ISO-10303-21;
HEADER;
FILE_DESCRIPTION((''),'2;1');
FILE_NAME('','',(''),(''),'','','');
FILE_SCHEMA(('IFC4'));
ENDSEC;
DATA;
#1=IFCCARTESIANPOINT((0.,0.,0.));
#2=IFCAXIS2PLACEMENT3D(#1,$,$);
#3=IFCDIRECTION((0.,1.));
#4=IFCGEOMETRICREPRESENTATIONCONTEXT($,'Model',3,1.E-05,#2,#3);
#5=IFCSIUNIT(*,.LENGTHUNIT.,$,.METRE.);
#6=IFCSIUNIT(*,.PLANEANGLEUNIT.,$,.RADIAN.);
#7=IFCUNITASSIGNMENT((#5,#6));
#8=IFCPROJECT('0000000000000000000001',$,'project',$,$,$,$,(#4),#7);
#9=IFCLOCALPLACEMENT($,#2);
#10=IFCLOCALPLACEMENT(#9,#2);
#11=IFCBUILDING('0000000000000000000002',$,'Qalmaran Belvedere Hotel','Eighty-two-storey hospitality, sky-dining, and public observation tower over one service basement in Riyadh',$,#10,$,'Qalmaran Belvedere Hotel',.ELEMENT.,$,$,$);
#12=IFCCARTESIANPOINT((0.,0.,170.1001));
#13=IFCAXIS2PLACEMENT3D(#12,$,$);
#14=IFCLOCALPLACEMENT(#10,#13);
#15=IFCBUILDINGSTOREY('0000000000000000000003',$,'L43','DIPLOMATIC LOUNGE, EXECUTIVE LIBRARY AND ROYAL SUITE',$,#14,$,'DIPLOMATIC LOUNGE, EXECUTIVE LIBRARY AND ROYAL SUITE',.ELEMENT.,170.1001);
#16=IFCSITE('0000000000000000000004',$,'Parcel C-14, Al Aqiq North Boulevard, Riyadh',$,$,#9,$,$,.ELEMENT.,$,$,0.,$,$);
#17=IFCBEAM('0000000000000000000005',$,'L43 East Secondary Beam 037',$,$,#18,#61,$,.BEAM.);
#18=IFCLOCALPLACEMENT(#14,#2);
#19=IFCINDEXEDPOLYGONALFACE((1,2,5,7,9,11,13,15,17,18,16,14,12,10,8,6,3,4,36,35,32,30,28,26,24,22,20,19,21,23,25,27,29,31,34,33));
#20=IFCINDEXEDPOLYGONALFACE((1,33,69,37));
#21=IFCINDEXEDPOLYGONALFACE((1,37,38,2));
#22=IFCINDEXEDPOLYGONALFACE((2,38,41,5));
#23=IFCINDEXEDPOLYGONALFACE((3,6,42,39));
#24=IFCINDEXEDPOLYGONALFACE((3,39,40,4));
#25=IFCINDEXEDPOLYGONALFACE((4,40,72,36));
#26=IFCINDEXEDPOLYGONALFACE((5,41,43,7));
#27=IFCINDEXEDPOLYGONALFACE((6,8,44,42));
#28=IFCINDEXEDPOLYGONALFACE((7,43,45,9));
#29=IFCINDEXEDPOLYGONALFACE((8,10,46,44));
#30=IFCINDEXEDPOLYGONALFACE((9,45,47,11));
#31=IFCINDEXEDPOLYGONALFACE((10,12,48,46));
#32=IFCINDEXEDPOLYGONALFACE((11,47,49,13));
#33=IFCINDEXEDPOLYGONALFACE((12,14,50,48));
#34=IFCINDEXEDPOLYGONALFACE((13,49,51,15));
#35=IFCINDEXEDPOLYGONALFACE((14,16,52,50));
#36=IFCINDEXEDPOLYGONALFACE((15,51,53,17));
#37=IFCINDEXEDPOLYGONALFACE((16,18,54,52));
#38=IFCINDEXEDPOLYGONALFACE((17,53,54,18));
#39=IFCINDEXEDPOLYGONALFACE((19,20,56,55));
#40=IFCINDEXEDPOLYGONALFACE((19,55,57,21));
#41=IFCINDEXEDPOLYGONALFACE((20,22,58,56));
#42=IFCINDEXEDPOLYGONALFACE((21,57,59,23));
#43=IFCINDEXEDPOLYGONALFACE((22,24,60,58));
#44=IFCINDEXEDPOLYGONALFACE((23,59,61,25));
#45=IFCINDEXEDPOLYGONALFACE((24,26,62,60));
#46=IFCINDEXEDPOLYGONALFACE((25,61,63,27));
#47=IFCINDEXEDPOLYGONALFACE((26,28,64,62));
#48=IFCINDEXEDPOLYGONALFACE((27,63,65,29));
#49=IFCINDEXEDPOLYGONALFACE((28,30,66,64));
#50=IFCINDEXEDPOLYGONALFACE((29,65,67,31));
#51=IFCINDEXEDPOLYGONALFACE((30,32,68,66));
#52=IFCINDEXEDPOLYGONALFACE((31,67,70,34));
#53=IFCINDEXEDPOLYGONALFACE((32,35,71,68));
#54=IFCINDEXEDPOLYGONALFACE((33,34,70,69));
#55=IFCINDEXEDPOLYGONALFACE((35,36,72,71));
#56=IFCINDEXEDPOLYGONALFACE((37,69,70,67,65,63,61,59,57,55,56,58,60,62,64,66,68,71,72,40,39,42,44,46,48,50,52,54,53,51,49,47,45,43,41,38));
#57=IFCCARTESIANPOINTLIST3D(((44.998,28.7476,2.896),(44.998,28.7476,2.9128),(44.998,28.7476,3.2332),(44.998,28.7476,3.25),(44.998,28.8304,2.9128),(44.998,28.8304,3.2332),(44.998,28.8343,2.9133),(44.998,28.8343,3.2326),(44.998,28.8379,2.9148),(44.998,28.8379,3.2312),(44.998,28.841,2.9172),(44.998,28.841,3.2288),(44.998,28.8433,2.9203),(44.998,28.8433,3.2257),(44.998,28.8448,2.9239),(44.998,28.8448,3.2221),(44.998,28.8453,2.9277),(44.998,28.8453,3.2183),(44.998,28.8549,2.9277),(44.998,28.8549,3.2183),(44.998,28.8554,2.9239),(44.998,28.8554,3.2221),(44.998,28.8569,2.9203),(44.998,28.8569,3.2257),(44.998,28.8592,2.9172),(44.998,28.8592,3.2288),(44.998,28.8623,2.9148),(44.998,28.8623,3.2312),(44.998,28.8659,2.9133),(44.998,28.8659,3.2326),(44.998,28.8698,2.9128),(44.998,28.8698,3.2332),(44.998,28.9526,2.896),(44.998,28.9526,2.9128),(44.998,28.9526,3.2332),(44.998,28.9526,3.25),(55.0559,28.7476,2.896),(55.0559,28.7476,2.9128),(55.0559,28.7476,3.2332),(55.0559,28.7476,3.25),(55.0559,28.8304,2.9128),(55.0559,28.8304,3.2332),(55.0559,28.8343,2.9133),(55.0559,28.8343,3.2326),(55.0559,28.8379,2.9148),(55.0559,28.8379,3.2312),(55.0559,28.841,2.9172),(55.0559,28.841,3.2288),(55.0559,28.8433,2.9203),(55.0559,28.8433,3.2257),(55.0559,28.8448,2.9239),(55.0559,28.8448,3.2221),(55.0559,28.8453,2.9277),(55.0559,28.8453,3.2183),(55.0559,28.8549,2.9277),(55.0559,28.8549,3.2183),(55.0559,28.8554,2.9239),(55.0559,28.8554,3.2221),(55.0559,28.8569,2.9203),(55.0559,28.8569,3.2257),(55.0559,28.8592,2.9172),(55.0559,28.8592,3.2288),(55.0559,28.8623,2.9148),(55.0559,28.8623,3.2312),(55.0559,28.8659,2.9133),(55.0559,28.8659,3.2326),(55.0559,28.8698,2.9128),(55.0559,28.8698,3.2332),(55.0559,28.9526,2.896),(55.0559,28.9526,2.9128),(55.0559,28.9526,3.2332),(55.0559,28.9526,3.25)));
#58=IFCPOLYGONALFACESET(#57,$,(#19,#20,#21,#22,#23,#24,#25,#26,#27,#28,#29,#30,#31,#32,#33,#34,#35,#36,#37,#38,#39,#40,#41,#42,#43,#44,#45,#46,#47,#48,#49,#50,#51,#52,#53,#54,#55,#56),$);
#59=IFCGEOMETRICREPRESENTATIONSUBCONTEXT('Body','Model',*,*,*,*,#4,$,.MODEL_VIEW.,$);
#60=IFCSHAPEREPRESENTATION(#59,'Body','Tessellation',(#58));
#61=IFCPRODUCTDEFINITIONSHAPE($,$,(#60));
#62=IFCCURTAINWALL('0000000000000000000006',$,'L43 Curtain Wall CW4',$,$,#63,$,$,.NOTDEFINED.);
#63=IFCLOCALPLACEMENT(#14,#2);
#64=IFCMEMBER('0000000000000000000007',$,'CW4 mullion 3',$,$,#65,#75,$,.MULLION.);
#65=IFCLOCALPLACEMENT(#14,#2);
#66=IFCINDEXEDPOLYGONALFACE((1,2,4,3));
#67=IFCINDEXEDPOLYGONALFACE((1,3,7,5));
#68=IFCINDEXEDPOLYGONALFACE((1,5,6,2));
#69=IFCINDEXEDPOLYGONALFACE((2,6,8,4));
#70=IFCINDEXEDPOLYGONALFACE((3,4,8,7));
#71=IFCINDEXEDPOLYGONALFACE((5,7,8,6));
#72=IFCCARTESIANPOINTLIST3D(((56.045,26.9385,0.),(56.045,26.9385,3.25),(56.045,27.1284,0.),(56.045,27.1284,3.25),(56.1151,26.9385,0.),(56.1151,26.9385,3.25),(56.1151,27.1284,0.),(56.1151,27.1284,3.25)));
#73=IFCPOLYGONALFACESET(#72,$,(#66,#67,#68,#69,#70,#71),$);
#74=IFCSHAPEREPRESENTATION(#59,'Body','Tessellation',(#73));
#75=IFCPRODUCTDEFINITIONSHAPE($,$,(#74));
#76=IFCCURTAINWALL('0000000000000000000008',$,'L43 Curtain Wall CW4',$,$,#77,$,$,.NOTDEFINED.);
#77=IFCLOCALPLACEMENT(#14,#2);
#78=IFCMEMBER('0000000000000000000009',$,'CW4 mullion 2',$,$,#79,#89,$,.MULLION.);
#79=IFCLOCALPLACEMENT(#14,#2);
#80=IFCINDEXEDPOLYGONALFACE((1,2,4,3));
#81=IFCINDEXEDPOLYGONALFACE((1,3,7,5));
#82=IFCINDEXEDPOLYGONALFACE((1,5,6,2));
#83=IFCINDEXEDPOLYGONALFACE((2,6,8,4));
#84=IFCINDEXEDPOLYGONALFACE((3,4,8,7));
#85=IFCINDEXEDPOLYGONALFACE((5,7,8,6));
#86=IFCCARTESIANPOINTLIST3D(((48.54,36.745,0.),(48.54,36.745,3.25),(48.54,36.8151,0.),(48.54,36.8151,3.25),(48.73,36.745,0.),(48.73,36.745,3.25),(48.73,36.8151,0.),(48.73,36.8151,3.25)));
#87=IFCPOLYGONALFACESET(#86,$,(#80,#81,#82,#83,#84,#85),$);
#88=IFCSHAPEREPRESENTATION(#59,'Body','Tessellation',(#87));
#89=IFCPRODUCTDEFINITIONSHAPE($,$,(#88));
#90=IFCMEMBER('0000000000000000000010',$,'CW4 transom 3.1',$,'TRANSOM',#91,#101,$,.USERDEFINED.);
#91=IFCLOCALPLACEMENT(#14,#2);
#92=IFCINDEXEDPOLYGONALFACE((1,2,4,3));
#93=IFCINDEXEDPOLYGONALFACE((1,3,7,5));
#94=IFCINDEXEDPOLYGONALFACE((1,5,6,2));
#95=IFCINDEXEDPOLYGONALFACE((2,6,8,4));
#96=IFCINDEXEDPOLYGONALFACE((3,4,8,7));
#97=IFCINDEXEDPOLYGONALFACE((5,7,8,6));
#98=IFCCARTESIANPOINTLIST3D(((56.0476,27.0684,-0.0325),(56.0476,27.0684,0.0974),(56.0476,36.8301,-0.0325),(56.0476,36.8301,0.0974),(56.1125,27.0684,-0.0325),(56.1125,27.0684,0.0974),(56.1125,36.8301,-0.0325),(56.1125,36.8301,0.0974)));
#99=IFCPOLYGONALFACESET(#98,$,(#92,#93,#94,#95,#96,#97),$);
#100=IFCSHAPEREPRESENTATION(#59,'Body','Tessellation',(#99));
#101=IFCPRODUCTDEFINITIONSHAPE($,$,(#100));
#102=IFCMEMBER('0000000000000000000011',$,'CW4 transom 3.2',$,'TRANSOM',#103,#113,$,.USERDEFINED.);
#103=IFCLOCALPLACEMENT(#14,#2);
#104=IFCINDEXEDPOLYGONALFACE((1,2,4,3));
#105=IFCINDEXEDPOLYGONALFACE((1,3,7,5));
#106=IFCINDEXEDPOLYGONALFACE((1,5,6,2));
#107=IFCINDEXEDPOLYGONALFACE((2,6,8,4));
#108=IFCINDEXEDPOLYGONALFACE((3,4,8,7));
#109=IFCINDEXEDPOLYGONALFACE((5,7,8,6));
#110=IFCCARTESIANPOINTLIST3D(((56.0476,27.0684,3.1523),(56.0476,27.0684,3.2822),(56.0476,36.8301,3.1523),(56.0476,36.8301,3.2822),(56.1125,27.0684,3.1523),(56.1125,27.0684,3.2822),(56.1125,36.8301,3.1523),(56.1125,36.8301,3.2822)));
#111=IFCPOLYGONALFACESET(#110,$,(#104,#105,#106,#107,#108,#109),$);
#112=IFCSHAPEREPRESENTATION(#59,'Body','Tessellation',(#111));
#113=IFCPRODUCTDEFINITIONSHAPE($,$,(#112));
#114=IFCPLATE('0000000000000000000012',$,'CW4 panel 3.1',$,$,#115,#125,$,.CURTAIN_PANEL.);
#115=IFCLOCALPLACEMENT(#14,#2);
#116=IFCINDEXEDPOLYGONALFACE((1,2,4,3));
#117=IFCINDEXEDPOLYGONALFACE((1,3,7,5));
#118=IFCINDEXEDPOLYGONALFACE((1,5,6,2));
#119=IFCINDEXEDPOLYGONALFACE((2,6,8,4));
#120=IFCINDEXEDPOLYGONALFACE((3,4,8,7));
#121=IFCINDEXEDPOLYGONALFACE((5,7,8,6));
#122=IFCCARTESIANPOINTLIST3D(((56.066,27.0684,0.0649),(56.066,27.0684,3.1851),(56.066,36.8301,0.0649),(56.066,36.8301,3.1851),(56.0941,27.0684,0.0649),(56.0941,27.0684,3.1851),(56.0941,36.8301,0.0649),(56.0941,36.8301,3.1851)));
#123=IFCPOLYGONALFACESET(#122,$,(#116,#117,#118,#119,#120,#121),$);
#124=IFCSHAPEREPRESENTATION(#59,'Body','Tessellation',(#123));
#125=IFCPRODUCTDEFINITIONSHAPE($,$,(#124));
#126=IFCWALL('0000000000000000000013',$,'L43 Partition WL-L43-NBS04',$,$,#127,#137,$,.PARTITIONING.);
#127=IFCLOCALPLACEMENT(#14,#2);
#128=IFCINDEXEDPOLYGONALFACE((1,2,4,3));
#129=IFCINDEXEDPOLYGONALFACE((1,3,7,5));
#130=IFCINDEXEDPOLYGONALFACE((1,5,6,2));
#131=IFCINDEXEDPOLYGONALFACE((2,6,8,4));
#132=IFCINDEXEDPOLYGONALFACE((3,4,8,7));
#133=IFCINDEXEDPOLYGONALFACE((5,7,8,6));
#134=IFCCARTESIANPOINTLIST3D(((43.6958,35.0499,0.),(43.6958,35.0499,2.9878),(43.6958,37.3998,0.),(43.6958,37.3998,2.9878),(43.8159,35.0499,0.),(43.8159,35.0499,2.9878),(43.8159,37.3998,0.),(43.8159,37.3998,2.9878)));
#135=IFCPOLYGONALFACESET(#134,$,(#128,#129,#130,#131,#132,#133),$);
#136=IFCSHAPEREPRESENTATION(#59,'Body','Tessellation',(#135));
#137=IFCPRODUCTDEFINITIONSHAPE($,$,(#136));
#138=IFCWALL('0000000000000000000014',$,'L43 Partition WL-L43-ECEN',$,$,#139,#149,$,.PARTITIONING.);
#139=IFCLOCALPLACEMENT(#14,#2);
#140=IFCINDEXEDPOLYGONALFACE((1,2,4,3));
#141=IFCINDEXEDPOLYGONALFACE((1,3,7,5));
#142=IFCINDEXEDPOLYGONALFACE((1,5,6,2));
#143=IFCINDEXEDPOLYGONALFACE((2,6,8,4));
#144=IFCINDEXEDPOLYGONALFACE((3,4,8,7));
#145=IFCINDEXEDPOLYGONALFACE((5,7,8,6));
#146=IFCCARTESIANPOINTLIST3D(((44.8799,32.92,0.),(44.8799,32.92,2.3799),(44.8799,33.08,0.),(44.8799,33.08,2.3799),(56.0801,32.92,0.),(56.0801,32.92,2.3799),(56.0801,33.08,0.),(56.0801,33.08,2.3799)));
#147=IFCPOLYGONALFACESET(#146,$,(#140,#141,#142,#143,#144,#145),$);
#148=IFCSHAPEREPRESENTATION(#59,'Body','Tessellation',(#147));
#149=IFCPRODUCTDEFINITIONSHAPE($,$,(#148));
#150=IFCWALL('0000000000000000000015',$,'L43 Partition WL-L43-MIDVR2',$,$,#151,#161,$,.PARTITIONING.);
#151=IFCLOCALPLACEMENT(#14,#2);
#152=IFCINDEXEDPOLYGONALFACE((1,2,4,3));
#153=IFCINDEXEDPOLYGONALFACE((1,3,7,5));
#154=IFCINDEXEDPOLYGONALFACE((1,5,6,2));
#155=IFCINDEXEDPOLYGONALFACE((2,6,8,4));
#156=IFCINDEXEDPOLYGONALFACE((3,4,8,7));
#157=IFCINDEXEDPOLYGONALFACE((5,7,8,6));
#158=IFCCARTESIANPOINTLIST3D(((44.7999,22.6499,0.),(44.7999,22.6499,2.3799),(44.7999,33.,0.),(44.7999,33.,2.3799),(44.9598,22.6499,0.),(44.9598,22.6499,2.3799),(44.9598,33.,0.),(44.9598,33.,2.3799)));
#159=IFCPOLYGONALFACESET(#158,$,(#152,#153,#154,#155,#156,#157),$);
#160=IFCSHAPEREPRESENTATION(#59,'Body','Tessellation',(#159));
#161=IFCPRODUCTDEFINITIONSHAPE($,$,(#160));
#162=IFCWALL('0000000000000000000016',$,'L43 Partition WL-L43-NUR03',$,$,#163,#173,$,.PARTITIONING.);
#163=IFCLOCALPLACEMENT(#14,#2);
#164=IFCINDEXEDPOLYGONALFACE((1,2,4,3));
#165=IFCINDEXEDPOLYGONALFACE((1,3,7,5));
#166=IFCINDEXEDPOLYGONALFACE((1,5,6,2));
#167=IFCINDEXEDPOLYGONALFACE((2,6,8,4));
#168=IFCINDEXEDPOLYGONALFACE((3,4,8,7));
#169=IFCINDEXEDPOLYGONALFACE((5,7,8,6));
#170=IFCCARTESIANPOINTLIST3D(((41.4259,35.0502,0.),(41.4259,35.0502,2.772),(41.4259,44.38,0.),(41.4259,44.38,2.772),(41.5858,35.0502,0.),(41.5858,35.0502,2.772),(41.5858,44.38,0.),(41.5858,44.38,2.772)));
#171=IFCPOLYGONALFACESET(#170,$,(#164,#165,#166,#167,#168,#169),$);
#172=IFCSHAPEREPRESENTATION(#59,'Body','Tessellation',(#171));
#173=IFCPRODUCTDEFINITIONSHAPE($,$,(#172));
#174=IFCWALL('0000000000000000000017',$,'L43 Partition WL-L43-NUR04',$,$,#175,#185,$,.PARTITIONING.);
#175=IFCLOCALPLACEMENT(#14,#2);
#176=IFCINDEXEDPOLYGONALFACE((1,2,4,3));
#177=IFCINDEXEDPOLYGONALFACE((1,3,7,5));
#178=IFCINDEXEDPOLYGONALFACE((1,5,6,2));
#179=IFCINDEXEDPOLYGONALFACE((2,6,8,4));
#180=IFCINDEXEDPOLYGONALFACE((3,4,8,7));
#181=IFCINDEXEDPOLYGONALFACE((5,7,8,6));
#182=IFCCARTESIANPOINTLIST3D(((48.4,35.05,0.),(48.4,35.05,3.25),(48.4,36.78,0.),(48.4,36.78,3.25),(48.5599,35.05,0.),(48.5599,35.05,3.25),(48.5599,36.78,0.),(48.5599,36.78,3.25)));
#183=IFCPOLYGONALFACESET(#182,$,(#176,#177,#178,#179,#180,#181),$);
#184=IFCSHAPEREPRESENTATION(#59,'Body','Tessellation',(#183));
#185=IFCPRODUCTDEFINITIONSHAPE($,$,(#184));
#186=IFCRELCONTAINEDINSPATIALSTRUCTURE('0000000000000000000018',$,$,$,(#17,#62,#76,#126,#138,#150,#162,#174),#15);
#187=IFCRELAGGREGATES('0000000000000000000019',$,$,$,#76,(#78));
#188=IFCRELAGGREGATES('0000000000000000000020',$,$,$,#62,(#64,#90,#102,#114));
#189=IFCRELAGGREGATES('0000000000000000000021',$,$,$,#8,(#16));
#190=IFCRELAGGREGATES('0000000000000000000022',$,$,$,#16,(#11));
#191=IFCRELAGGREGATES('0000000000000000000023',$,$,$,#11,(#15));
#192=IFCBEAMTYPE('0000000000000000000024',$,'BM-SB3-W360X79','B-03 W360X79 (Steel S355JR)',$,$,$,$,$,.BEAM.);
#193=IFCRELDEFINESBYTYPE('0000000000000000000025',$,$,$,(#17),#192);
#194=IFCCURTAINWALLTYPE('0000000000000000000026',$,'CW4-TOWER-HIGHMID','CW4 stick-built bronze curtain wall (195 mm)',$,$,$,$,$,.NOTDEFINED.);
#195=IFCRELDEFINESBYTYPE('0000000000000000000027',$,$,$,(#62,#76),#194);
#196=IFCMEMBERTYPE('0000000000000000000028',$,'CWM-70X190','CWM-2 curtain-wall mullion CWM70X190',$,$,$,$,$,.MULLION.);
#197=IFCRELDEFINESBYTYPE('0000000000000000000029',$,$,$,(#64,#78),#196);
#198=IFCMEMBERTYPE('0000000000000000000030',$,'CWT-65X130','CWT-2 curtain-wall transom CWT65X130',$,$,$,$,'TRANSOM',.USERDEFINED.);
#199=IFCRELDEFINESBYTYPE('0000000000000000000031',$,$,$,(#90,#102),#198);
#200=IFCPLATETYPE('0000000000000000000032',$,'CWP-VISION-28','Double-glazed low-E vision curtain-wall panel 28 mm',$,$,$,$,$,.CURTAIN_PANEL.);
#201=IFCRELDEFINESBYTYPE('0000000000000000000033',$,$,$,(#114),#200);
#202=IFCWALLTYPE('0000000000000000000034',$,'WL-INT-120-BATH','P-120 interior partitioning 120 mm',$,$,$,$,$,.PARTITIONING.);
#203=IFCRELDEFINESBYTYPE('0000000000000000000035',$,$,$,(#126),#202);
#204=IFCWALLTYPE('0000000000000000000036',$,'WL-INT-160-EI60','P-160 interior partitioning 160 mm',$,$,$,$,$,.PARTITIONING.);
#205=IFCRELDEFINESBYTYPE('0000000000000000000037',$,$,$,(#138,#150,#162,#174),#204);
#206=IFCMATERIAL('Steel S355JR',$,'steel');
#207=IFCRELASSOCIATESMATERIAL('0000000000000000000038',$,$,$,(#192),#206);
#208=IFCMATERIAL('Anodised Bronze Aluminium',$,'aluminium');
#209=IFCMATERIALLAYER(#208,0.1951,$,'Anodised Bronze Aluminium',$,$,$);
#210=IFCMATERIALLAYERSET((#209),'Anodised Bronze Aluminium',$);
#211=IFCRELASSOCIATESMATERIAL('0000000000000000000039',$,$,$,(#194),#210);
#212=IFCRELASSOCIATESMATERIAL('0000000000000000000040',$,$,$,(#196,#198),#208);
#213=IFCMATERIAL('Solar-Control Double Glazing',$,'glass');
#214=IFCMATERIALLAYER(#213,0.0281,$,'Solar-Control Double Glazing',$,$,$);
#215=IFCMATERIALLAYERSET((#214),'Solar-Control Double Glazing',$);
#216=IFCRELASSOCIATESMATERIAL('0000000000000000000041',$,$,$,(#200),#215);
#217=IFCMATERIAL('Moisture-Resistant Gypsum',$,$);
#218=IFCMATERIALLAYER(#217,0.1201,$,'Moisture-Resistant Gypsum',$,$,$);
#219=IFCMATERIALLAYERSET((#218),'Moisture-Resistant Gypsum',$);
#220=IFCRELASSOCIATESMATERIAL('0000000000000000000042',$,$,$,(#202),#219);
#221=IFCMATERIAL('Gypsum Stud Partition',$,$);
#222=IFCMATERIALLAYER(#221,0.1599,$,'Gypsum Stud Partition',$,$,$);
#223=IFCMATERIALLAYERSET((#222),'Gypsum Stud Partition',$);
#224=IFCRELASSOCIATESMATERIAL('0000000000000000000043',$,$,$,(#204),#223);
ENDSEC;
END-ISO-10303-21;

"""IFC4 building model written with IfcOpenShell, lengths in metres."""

from ifc_helpers import new_model, si_unit, direction, frame, frame_2d, origin, origin_2d, place, context, subcontext, project, spatial, rectangle, i_section, extrude, material, layer, layer_set, material_profile, profile_set, type_object, element, aggregate, save


model = new_model("IFC4")

# Units and contexts
model_context = context("Model", 3, precision=1e-05, world=origin(), true_north=direction((0.0, 1.0)))
body_context = subcontext(model_context, "Body", "Model", "MODEL_VIEW")
ifc_project = project(units=[si_unit("LENGTHUNIT", "METRE"), si_unit("PLANEANGLEUNIT", "RADIAN")], contexts=[model_context])

# Site, building, storey
site_placement = place(None, origin())
site = spatial("IfcSite", under=ifc_project, at=site_placement, Name="Parcel C-14, Al Aqiq North Boulevard, Riyadh", CompositionType="ELEMENT", RefElevation=0.0)
building_placement = place(site_placement, origin())
building = spatial("IfcBuilding", under=site, at=building_placement, Name="Qalmaran Belvedere Hotel", Description="Eighty-two-storey hospitality, sky-dining, and public observation tower over one service basement in Riyadh", LongName="Qalmaran Belvedere Hotel", CompositionType="ELEMENT")
storey_placement = place(building_placement, frame((0.0, 0.0, 170.1001)))
storey = spatial("IfcBuildingStorey", under=building, at=storey_placement, Name="L43", Description="DIPLOMATIC LOUNGE, EXECUTIVE LIBRARY AND ROYAL SUITE", LongName="DIPLOMATIC LOUNGE, EXECUTIVE LIBRARY AND ROYAL SUITE", CompositionType="ELEMENT", Elevation=170.1001)

# Beam
ifc_material_1 = material(Name="Steel S355JR", Category="steel")
ifc_material_profile_1 = material_profile(ifc_material_1, i_section(OverallWidth=0.2051, OverallDepth=0.354, WebThickness=0.0095, FlangeThickness=0.0168, FilletRadius=0.0149, at=origin_2d()), Name="W360X79")
ifc_profile_set_1 = profile_set([ifc_material_profile_1], Name="Steel S355JR")
beam_type_1 = type_object("IfcBeamType", Name="BM-SB3-W360X79", Description="B-03 W360X79 (Steel S355JR)", PredefinedType="BEAM", material=ifc_profile_set_1)
for number, where, z_axis, x_axis, name in (
    (1, (44.998, 28.8501, 3.073), (1.0, 0.0, 0.0), (0.0, 1.0, 0.0), "L43 East Secondary Beam 037"),
):
    element("IfcBeam", number, at=place(storey_placement, frame(where, z_axis=z_axis, x_axis=x_axis)), inside=storey, type_object=beam_type_1, Name=name, PredefinedType="BEAM", context=body_context, shape_type="SweptSolid", body=[
        extrude(i_section(OverallWidth=0.2051, OverallDepth=0.354, WebThickness=0.0095, FlangeThickness=0.0168, FilletRadius=0.0149, at=origin_2d()), origin(), (0.0, 0.0, 1.0), 10.0579),
    ])

# Curtain walls, members
ifc_material_2 = material(Name="Anodised Bronze Aluminium", Category="aluminium")
ifc_layer_1 = layer(ifc_material_2, 0.1951, Name="Anodised Bronze Aluminium")
ifc_layer_set_1 = layer_set([ifc_layer_1], Name="Anodised Bronze Aluminium")
curtain_wall_type = type_object("IfcCurtainWallType", Name="CW4-TOWER-HIGHMID", Description="CW4 stick-built bronze curtain wall (195 mm)", PredefinedType="NOTDEFINED", material=ifc_layer_set_1)
curtain_wall_1_placement = place(storey_placement, origin())
curtain_wall_1 = element("IfcCurtainWall", 2, at=curtain_wall_1_placement, inside=storey, type_object=curtain_wall_type, Name="L43 Curtain Wall CW4", PredefinedType="NOTDEFINED")
ifc_material_profile_2 = material_profile(ifc_material_2, rectangle(XDim=0.0701, YDim=0.1899, at=origin_2d()), Name="CWM70X190")
ifc_profile_set_2 = profile_set([ifc_material_profile_2], Name="Anodised Bronze Aluminium")
member_type_1 = type_object("IfcMemberType", Name="CWM-70X190", Description="CWM-2 curtain-wall mullion CWM70X190", PredefinedType="MULLION", material=ifc_profile_set_2)
member_1_placement = place(storey_placement, frame((56.0801, 27.0334, 0.0), z_axis=(0.0, 0.0, 1.0), x_axis=(-1.0, 0.0, 0.0)))
member_1 = element("IfcMember", 3, at=member_1_placement, type_object=member_type_1, Name="CW4 mullion 3", PredefinedType="MULLION", context=body_context, shape_type="SweptSolid", body=[
    extrude(rectangle(XDim=0.0701, YDim=0.1899, at=origin_2d()), origin(), (0.0, 0.0, 1.0), 3.25),
])
curtain_wall_2_placement = place(storey_placement, origin())
curtain_wall_2 = element("IfcCurtainWall", 4, at=curtain_wall_2_placement, inside=storey, type_object=curtain_wall_type, Name="L43 Curtain Wall CW4", PredefinedType="NOTDEFINED")
member_2_placement = place(storey_placement, frame((48.635, 36.78, 0.0), z_axis=(0.0, 0.0, 1.0), x_axis=(0.0, -1.0, 0.0)))
member_2 = element("IfcMember", 5, at=member_2_placement, type_object=member_type_1, Name="CW4 mullion 2", PredefinedType="MULLION", context=body_context, shape_type="SweptSolid", body=[
    extrude(rectangle(XDim=0.0701, YDim=0.1899, at=origin_2d()), origin(), (0.0, 0.0, 1.0), 3.25),
])
aggregate(curtain_wall_2, [member_2])

# Members
ifc_material_profile_3 = material_profile(ifc_material_2, rectangle(XDim=0.0649, YDim=0.1299, at=origin_2d()), Name="CWT65X130")
ifc_profile_set_3 = profile_set([ifc_material_profile_3], Name="Anodised Bronze Aluminium")
member_type_2 = type_object("IfcMemberType", Name="CWT-65X130", Description="CWT-2 curtain-wall transom CWT65X130", ElementType="TRANSOM", PredefinedType="USERDEFINED", material=ifc_profile_set_3)
member_3_placement = place(storey_placement, frame((56.0801, 27.0684, 0.0325), z_axis=(0.0, 1.0, 0.0), x_axis=(-1.0, 0.0, 0.0)))
member_3 = element("IfcMember", 6, at=member_3_placement, type_object=member_type_2, Name="CW4 transom 3.1", ObjectType="TRANSOM", PredefinedType="USERDEFINED", context=body_context, shape_type="SweptSolid", body=[
    extrude(rectangle(XDim=0.0649, YDim=0.1299, at=origin_2d()), origin(), (0.0, 0.0, 1.0), 9.7617),
])
member_4_placement = place(storey_placement, frame((56.0801, 27.0684, 3.2173), z_axis=(0.0, 1.0, 0.0), x_axis=(-1.0, 0.0, 0.0)))
member_4 = element("IfcMember", 7, at=member_4_placement, type_object=member_type_2, Name="CW4 transom 3.2", ObjectType="TRANSOM", PredefinedType="USERDEFINED", context=body_context, shape_type="SweptSolid", body=[
    extrude(rectangle(XDim=0.0649, YDim=0.1299, at=origin_2d()), origin(), (0.0, 0.0, 1.0), 9.7617),
])

# Plate
ifc_material_3 = material(Name="Solar-Control Double Glazing", Category="glass")
ifc_layer_2 = layer(ifc_material_3, 0.0281, Name="Solar-Control Double Glazing")
ifc_layer_set_2 = layer_set([ifc_layer_2], Name="Solar-Control Double Glazing")
plate_type = type_object("IfcPlateType", Name="CWP-VISION-28", Description="Double-glazed low-E vision curtain-wall panel 28 mm", PredefinedType="CURTAIN_PANEL", material=ifc_layer_set_2)
plate_placement = place(storey_placement, frame((56.0801, 31.9492, 0.0649), z_axis=(0.0, 0.0, 1.0), x_axis=(0.0, 1.0, 0.0)))
plate = element("IfcPlate", 8, at=plate_placement, type_object=plate_type, Name="CW4 panel 3.1", PredefinedType="CURTAIN_PANEL", context=body_context, shape_type="SweptSolid", body=[
    extrude(rectangle(XDim=9.7617, YDim=0.0281, at=origin_2d()), origin(), (0.0, 0.0, 1.0), 3.1201),
])
aggregate(curtain_wall_1, [member_1, member_3, member_4, plate])

# Walls
ifc_material_4 = material(Name="Moisture-Resistant Gypsum")
ifc_layer_3 = layer(ifc_material_4, 0.1201, Name="Moisture-Resistant Gypsum")
ifc_layer_set_3 = layer_set([ifc_layer_3], Name="Moisture-Resistant Gypsum")
wall_type_1 = type_object("IfcWallType", Name="WL-INT-120-BATH", Description="P-120 interior partitioning 120 mm", PredefinedType="PARTITIONING", material=ifc_layer_set_3)
wall_1_placement = place(storey_placement, frame((43.7559, 35.05, 0.0), z_axis=(0.0, 0.0, 1.0), x_axis=(0.0, 1.0, 0.0)))
element("IfcWall", 9, at=wall_1_placement, inside=storey, type_object=wall_type_1, Name="L43 Partition WL-L43-NBS04", PredefinedType="PARTITIONING", context=body_context, shape_type="SweptSolid", body=[
    extrude(rectangle(XDim=2.3499, YDim=0.1201, at=frame_2d((1.1748, 0.0))), origin(), (0.0, 0.0, 1.0), 2.9878),
])
ifc_material_5 = material(Name="Gypsum Stud Partition")
ifc_layer_4 = layer(ifc_material_5, 0.1599, Name="Gypsum Stud Partition")
ifc_layer_set_4 = layer_set([ifc_layer_4], Name="Gypsum Stud Partition")
wall_type_2 = type_object("IfcWallType", Name="WL-INT-160-EI60", Description="P-160 interior partitioning 160 mm", PredefinedType="PARTITIONING", material=ifc_layer_set_4)
wall_2_placement = place(storey_placement, frame((44.8799, 33.0, 0.0), z_axis=(0.0, 0.0, 1.0), x_axis=(1.0, 0.0, 0.0)))
element("IfcWall", 10, at=wall_2_placement, inside=storey, type_object=wall_type_2, Name="L43 Partition WL-L43-ECEN", PredefinedType="PARTITIONING", context=body_context, shape_type="SweptSolid", body=[
    extrude(rectangle(XDim=11.2002, YDim=0.1599, at=frame_2d((5.6001, 0.0))), origin(), (0.0, 0.0, 1.0), 2.3799),
])
wall_3_placement = place(storey_placement, frame((44.8799, 22.6499, 0.0), z_axis=(0.0, 0.0, 1.0), x_axis=(0.0, 1.0, 0.0)))
element("IfcWall", 11, at=wall_3_placement, inside=storey, type_object=wall_type_2, Name="L43 Partition WL-L43-MIDVR2", PredefinedType="PARTITIONING", context=body_context, shape_type="SweptSolid", body=[
    extrude(rectangle(XDim=10.3501, YDim=0.1599, at=frame_2d((5.175, 0.0))), origin(), (0.0, 0.0, 1.0), 2.3799),
])
wall_4_placement = place(storey_placement, frame((41.5059, 35.05, 0.0), z_axis=(0.0, 0.0, 1.0), x_axis=(0.0, 1.0, 0.0)))
element("IfcWall", 12, at=wall_4_placement, inside=storey, type_object=wall_type_2, Name="L43 Partition WL-L43-NUR03", PredefinedType="PARTITIONING", context=body_context, shape_type="SweptSolid", body=[
    extrude(rectangle(XDim=9.3298, YDim=0.1599, at=frame_2d((4.665, 0.0))), origin(), (0.0, 0.0, 1.0), 2.772),
])
wall_5_placement = place(storey_placement, frame((48.48, 35.05, 0.0), z_axis=(0.0, 0.0, 1.0), x_axis=(0.0, 1.0, 0.0)))
element("IfcWall", 13, at=wall_5_placement, inside=storey, type_object=wall_type_2, Name="L43 Partition WL-L43-NUR04", PredefinedType="PARTITIONING", context=body_context, shape_type="SweptSolid", body=[
    extrude(rectangle(XDim=1.73, YDim=0.1599, at=frame_2d((0.865, 0.0))), origin(), (0.0, 0.0, 1.0), 3.25),
])

save(model, "model.ifc")
